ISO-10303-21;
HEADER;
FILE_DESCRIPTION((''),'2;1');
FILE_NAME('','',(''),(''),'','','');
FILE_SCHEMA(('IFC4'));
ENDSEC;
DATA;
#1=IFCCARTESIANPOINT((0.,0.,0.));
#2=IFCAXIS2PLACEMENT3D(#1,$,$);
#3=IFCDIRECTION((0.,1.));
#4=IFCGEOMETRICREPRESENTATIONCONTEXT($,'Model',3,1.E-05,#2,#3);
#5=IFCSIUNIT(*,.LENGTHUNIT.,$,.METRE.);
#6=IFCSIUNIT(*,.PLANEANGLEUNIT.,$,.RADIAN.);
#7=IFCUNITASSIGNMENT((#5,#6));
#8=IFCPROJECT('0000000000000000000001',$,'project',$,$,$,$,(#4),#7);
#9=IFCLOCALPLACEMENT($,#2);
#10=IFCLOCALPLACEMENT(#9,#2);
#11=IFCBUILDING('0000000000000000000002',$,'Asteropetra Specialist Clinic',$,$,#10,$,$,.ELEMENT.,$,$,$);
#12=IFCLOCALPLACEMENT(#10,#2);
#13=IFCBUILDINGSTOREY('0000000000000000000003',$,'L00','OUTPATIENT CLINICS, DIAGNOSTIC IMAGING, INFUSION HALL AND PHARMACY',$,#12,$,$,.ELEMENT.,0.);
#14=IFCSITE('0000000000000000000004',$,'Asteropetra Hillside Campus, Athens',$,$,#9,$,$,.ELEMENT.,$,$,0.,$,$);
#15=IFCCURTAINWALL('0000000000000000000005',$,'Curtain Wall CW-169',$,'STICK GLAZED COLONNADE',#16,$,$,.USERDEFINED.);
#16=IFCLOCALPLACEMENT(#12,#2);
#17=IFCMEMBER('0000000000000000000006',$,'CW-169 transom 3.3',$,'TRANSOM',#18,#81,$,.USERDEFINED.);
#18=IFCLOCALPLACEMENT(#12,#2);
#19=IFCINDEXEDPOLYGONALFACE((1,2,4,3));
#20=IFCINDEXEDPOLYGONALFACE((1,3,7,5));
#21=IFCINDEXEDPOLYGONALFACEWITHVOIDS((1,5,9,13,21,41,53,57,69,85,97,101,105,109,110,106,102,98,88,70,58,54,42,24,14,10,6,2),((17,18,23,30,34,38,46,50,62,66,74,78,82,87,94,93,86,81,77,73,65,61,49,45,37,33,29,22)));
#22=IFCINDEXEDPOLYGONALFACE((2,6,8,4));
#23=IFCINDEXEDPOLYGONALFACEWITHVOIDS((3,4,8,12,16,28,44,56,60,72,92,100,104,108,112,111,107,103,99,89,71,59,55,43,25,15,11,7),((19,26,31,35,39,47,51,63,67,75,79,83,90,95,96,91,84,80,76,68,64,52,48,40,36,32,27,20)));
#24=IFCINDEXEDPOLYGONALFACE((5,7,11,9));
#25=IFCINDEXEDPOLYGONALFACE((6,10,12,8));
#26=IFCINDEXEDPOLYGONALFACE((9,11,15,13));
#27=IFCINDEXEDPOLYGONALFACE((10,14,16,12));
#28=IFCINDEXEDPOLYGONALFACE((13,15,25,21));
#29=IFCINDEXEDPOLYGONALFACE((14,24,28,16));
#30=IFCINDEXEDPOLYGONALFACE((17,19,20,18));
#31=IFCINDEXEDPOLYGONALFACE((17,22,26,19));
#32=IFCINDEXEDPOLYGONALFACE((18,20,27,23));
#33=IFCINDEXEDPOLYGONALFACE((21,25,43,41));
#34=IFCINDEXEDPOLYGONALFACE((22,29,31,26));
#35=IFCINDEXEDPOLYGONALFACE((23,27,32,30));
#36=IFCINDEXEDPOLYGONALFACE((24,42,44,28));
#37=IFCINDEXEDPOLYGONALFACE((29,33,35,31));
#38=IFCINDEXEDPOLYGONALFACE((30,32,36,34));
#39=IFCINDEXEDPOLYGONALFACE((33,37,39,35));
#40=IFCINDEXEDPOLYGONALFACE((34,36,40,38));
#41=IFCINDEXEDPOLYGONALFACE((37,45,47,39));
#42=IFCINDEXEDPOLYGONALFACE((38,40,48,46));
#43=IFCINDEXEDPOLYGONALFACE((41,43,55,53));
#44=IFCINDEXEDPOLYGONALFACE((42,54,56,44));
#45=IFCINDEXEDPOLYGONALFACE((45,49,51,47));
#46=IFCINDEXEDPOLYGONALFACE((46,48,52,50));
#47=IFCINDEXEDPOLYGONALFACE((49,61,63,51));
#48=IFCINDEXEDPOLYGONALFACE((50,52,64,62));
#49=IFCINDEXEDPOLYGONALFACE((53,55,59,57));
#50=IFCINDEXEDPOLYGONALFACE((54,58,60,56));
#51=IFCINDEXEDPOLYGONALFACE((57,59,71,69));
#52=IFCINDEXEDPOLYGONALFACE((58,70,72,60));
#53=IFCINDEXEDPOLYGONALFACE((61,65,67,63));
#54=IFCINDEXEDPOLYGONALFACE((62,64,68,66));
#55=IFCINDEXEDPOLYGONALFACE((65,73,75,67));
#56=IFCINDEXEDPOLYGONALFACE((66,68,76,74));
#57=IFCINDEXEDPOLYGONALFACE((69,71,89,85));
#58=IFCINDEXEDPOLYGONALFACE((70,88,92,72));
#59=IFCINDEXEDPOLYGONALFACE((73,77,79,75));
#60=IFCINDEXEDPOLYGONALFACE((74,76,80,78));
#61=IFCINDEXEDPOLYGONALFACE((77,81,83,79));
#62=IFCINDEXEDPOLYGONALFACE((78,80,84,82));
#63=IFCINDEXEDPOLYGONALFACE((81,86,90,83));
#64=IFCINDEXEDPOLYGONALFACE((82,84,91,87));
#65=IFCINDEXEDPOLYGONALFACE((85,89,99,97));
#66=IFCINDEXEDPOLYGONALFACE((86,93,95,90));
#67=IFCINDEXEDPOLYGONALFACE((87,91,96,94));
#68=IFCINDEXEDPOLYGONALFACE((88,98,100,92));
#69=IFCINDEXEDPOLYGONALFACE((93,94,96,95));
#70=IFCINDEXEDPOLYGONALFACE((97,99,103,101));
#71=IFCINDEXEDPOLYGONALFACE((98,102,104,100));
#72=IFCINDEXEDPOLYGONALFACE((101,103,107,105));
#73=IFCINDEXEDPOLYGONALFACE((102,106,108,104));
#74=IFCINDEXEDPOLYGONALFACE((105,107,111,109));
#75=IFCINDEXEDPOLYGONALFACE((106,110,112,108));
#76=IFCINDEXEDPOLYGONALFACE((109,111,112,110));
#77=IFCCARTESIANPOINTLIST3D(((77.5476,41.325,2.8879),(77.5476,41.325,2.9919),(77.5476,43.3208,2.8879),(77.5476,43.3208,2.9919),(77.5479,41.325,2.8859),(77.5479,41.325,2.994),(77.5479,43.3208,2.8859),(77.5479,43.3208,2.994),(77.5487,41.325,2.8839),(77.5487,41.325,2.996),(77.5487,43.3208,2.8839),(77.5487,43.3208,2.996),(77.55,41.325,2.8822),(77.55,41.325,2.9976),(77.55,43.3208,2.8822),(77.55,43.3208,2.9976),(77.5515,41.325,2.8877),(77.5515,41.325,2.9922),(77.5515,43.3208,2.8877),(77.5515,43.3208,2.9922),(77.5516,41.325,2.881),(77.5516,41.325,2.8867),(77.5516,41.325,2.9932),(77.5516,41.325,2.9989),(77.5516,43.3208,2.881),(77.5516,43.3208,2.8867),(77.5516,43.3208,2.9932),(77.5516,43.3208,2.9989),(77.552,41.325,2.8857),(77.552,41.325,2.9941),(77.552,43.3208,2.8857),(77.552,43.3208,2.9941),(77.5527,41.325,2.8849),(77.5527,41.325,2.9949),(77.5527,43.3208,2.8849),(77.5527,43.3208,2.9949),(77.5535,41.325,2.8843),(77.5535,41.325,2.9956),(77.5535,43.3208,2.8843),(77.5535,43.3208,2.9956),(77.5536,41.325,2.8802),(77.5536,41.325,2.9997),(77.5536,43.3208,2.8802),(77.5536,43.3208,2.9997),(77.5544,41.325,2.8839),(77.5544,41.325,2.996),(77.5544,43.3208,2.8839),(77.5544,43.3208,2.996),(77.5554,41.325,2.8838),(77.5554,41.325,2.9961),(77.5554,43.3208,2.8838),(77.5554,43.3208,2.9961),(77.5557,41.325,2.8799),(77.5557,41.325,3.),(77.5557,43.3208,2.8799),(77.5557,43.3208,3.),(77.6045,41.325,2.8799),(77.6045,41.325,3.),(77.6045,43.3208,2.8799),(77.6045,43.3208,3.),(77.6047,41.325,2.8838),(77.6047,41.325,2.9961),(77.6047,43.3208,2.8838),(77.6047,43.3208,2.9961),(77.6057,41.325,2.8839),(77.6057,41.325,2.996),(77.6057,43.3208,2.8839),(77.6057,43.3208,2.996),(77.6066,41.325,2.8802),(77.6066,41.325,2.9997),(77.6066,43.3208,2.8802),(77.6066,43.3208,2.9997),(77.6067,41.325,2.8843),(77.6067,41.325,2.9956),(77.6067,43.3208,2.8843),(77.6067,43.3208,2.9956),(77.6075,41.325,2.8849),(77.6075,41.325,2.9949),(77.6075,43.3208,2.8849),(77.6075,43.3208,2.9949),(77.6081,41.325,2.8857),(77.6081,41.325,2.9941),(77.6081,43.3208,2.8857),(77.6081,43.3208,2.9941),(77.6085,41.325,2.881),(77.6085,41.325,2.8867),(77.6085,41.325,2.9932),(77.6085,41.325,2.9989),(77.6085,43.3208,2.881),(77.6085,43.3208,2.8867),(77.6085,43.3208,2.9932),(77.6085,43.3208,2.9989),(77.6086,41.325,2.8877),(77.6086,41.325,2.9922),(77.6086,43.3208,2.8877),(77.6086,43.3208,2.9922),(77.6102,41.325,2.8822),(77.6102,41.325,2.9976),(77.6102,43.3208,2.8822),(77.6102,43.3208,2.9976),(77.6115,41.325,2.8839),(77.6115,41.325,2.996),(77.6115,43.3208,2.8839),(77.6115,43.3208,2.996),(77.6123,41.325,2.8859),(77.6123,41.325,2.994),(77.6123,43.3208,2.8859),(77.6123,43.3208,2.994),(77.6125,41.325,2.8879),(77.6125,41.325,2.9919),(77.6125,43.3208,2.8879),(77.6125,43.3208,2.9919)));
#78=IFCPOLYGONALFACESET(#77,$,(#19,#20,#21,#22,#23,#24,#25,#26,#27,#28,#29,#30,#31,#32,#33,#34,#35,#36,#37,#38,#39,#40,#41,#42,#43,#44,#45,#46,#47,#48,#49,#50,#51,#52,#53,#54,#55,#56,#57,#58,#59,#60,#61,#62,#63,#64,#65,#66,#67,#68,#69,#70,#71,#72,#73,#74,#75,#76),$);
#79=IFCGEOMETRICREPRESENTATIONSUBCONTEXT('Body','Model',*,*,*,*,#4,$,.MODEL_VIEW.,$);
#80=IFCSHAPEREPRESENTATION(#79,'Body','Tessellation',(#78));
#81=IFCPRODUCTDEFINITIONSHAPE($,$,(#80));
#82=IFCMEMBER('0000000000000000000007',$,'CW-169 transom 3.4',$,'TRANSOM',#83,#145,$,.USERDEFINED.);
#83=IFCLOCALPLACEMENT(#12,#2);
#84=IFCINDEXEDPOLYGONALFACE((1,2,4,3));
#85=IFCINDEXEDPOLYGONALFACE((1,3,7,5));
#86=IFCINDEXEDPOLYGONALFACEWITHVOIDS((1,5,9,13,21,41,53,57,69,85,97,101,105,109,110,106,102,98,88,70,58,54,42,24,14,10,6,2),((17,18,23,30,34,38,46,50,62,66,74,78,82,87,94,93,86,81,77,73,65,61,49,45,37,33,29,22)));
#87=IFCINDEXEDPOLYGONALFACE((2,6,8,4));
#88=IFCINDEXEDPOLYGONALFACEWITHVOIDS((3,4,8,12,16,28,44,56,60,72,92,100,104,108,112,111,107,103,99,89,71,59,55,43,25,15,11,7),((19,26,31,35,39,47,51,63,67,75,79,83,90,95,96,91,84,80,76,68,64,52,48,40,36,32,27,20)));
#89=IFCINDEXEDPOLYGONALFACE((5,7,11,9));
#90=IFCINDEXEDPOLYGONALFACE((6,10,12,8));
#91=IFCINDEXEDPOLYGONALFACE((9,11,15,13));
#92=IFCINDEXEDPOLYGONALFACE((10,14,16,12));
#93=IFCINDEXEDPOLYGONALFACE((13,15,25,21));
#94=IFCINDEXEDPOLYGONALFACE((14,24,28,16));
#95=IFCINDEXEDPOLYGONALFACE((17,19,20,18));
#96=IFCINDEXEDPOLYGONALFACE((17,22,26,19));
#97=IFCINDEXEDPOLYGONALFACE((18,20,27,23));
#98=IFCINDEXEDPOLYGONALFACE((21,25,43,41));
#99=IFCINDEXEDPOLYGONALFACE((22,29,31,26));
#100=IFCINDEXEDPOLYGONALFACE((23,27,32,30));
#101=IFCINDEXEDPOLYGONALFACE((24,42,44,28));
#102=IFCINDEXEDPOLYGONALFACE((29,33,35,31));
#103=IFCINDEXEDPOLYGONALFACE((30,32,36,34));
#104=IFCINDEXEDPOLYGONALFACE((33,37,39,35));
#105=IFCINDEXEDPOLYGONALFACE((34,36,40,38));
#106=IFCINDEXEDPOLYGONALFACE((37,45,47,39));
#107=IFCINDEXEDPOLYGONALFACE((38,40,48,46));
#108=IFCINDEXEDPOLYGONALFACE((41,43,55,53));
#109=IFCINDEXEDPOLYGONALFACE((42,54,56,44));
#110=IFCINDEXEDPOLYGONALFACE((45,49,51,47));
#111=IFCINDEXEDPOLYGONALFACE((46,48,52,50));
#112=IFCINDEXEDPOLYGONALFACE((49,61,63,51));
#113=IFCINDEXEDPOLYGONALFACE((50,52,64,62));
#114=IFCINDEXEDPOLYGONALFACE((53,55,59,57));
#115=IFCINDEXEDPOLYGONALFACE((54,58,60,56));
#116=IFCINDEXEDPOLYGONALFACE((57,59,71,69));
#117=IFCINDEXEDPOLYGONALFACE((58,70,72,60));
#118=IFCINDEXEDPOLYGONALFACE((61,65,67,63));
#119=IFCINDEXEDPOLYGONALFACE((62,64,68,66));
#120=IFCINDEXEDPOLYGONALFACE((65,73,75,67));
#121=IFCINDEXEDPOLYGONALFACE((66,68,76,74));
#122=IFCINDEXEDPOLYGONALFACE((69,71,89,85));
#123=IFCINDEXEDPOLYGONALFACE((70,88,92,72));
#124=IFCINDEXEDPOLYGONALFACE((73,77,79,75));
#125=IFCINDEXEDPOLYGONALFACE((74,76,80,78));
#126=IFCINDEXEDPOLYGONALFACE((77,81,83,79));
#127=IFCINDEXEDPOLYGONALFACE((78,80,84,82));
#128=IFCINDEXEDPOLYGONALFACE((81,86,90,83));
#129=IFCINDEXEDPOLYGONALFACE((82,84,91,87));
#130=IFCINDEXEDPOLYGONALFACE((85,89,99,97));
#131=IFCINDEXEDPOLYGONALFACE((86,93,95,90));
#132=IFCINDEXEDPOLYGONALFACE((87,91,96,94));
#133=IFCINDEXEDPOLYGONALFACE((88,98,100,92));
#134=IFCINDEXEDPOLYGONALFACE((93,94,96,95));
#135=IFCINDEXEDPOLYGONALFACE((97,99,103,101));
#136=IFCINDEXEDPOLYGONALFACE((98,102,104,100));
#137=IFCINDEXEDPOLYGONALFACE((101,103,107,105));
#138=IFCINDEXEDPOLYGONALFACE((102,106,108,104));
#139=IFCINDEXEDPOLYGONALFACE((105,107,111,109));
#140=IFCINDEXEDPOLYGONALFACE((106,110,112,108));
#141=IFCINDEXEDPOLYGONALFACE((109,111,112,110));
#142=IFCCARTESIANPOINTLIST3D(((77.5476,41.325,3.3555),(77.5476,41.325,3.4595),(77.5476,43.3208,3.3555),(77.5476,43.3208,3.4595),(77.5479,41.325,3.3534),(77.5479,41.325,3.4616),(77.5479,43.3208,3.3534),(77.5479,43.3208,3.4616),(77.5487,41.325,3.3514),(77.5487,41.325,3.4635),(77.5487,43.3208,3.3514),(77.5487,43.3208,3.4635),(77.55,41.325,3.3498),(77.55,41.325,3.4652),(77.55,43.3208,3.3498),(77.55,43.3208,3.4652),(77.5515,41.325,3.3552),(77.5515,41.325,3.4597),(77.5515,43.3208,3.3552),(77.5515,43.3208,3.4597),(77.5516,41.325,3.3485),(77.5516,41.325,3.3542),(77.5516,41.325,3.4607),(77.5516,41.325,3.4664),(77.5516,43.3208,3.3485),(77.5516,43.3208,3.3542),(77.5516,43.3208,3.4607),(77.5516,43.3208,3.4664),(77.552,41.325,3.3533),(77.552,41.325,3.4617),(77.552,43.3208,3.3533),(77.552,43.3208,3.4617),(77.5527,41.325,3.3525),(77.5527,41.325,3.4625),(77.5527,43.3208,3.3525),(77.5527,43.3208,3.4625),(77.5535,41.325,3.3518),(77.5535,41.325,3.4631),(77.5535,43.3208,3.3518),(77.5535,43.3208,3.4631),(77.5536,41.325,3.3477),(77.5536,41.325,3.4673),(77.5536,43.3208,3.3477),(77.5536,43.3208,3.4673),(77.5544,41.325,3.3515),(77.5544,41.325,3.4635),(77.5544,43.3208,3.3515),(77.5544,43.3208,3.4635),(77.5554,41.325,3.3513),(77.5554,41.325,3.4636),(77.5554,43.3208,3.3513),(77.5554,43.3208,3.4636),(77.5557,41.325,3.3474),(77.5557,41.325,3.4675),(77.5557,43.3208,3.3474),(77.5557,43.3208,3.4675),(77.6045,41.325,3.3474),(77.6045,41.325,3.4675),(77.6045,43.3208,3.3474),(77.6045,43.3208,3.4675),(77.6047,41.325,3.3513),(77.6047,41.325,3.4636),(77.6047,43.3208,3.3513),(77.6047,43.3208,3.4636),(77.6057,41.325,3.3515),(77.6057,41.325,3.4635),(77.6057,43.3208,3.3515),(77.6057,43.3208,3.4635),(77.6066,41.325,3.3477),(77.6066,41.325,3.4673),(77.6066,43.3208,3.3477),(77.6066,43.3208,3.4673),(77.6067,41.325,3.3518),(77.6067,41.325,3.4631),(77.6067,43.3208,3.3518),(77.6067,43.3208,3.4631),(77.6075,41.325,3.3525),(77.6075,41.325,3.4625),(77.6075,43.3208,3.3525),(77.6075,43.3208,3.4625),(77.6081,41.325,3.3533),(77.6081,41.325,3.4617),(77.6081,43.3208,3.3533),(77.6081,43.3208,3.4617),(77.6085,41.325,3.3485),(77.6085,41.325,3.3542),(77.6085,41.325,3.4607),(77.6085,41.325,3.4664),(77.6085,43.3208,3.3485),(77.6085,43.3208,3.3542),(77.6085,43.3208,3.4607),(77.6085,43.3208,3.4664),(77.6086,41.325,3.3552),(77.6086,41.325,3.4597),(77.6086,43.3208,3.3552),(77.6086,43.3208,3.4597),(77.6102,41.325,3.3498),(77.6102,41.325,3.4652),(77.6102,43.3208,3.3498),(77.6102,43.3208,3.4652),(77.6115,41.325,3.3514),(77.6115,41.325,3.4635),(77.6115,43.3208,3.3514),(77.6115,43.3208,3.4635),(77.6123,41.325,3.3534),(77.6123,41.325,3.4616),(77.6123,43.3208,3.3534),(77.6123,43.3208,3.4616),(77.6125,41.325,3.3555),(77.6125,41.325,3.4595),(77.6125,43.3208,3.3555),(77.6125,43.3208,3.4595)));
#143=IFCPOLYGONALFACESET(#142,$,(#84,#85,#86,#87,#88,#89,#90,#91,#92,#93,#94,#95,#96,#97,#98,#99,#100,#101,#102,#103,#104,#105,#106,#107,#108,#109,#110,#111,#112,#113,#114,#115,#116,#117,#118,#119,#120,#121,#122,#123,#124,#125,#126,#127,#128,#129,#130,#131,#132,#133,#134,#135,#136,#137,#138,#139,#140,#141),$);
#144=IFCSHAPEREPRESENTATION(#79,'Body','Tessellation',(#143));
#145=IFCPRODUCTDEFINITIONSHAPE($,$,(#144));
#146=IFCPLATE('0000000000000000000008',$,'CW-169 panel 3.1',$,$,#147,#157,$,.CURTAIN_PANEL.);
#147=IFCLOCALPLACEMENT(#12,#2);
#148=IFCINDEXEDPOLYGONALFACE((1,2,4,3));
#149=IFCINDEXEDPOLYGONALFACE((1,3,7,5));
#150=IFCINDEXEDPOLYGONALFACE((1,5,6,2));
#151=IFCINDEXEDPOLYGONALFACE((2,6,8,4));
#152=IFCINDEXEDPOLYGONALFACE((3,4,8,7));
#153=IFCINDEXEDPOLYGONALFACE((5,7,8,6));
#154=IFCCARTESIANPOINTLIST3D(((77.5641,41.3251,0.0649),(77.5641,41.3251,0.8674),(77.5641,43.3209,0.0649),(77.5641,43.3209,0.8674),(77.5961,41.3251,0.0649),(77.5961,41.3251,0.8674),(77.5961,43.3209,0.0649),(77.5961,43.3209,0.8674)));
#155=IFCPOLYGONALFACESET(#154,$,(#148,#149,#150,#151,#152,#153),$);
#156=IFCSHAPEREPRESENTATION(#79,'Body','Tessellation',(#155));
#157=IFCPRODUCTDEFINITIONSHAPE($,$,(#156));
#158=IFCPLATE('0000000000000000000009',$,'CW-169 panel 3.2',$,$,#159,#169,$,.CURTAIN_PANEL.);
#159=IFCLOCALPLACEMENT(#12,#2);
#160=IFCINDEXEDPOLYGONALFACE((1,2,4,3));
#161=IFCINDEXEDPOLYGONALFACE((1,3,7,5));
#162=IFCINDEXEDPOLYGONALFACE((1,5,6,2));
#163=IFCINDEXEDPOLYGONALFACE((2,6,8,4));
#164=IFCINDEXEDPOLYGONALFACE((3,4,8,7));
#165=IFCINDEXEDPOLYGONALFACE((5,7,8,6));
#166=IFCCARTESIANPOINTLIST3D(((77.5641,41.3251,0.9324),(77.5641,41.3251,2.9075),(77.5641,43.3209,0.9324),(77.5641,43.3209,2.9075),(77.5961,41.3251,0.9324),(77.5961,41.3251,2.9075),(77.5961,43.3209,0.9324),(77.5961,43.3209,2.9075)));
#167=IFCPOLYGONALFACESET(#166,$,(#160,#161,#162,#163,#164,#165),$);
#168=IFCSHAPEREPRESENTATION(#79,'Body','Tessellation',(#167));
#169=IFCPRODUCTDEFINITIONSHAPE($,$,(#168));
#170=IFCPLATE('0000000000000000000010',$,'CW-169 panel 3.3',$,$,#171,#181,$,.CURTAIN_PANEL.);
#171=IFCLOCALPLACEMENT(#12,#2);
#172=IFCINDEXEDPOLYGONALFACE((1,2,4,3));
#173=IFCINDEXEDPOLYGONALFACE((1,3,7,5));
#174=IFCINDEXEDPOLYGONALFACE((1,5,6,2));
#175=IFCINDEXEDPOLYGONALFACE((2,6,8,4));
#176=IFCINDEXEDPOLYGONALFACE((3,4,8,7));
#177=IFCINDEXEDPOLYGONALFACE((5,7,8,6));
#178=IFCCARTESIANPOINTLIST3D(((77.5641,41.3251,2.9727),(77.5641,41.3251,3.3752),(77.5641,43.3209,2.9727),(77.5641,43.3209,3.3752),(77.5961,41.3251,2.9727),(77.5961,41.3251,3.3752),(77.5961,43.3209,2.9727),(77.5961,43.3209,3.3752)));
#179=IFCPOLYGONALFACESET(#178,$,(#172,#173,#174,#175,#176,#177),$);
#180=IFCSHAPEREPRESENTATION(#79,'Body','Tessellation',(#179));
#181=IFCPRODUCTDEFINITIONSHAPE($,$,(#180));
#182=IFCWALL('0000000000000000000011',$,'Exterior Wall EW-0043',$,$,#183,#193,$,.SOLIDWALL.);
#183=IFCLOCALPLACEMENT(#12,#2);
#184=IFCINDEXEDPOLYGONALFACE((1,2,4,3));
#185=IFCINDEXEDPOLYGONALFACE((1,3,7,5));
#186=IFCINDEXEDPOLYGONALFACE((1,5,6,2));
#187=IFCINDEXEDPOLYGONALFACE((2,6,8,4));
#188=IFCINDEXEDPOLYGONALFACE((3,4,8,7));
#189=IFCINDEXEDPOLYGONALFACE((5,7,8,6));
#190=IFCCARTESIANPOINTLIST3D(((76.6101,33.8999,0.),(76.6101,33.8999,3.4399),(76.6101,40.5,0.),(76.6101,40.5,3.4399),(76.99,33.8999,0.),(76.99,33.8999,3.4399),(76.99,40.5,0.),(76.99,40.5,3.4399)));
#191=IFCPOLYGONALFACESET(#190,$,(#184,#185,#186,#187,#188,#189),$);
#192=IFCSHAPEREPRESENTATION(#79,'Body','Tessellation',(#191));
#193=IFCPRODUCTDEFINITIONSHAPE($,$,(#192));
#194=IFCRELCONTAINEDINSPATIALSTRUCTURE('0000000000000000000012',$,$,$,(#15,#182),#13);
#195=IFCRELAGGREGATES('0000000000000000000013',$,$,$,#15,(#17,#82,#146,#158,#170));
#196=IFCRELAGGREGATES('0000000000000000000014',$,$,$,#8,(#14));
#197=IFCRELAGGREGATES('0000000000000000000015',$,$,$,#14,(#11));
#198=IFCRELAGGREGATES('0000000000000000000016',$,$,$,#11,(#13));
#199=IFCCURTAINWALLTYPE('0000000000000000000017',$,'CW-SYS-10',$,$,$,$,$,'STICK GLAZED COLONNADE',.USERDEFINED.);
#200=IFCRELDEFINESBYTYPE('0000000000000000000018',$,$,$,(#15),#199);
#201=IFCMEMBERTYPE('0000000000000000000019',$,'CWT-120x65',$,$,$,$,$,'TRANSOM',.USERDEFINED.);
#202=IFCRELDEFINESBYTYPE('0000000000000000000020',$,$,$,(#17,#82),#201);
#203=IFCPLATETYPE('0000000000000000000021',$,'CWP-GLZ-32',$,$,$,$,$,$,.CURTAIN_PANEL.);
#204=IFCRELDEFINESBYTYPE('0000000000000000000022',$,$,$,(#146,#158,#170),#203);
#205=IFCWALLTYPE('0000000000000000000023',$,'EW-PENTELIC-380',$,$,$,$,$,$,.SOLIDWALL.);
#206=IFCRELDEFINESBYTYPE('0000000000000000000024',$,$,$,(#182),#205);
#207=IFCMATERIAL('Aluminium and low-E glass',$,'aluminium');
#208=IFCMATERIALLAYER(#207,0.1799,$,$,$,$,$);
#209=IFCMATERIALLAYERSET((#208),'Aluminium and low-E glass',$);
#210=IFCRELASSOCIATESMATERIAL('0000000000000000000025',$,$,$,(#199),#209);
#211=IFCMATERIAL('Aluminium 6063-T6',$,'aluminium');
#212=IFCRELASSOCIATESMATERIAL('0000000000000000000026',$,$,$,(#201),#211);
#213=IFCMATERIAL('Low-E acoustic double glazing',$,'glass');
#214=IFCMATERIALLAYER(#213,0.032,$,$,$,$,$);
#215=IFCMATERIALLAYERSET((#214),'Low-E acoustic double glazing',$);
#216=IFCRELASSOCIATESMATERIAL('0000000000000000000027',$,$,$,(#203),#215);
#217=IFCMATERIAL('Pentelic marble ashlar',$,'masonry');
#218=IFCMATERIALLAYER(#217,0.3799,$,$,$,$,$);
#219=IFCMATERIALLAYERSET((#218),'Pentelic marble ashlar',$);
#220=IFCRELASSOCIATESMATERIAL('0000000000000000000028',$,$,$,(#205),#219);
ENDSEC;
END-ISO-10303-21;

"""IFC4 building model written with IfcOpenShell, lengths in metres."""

from ifc_helpers import new_model, si_unit, direction, frame, frame_2d, origin, origin_2d, place, context, subcontext, project, spatial, rectangle, hollow_rectangle, extrude, material, layer, layer_set, material_profile, profile_set, type_object, element, aggregate, save


model = new_model("IFC4")

# Units and contexts
model_context = context("Model", 3, precision=1e-05, world=origin(), true_north=direction((0.0, 1.0)))
body_context = subcontext(model_context, "Body", "Model", "MODEL_VIEW")
ifc_project = project(units=[si_unit("LENGTHUNIT", "METRE"), si_unit("PLANEANGLEUNIT", "RADIAN")], contexts=[model_context])

# Site, building, storey
site_placement = place(None, origin())
site = spatial("IfcSite", under=ifc_project, at=site_placement, Name="Asteropetra Hillside Campus, Athens", CompositionType="ELEMENT", RefElevation=0.0)
building_placement = place(site_placement, origin())
building = spatial("IfcBuilding", under=site, at=building_placement, Name="Asteropetra Specialist Clinic", CompositionType="ELEMENT")
storey_placement = place(building_placement, origin())
storey = spatial("IfcBuildingStorey", under=building, at=storey_placement, Name="L00", Description="OUTPATIENT CLINICS, DIAGNOSTIC IMAGING, INFUSION HALL AND PHARMACY", CompositionType="ELEMENT", Elevation=0.0)

# Curtain wall, members, plates
ifc_material_1 = material(Name="Aluminium and low-E glass", Category="aluminium")
ifc_layer_1 = layer(ifc_material_1, 0.1799)
ifc_layer_set_1 = layer_set([ifc_layer_1], Name="Aluminium and low-E glass")
curtain_wall_type = type_object("IfcCurtainWallType", Name="CW-SYS-10", ElementType="STICK GLAZED COLONNADE", PredefinedType="USERDEFINED", material=ifc_layer_set_1)
curtain_wall_placement = place(storey_placement, origin())
curtain_wall = element("IfcCurtainWall", 1, at=curtain_wall_placement, inside=storey, type_object=curtain_wall_type, Name="Curtain Wall CW-169", ObjectType="STICK GLAZED COLONNADE", PredefinedType="USERDEFINED")
ifc_material_2 = material(Name="Aluminium 6063-T6", Category="aluminium")
ifc_material_profile_1 = material_profile(ifc_material_2, hollow_rectangle(XDim=0.0649, YDim=0.1201, WallThickness=0.0039, InnerFilletRadius=0.0039, OuterFilletRadius=0.0081, at=origin_2d()), Name="TRN 120x65x4.0")
ifc_profile_set_1 = profile_set([ifc_material_profile_1], Name="Aluminium 6063-T6")
member_type_1 = type_object("IfcMemberType", Name="CWT-120x65", ElementType="TRANSOM", PredefinedType="USERDEFINED", material=ifc_profile_set_1)
member_1_placement = place(storey_placement, frame((77.5801, 43.3208, 2.9399), z_axis=(0.0, -1.0, 0.0), x_axis=(1.0, 0.0, 0.0)))
member_1 = element("IfcMember", 2, at=member_1_placement, type_object=member_type_1, Name="CW-169 transom 3.3", ObjectType="TRANSOM", PredefinedType="USERDEFINED", context=body_context, shape_type="SweptSolid", body=[
    extrude(hollow_rectangle(XDim=0.0649, YDim=0.1201, WallThickness=0.0039, InnerFilletRadius=0.0039, OuterFilletRadius=0.0081, at=origin_2d()), origin(), (0.0, 0.0, 1.0), 1.9958),
])
member_2_placement = place(storey_placement, frame((77.5801, 43.3208, 3.4075), z_axis=(0.0, -1.0, 0.0), x_axis=(1.0, 0.0, 0.0)))
member_2 = element("IfcMember", 3, at=member_2_placement, type_object=member_type_1, Name="CW-169 transom 3.4", ObjectType="TRANSOM", PredefinedType="USERDEFINED", context=body_context, shape_type="SweptSolid", body=[
    extrude(hollow_rectangle(XDim=0.0649, YDim=0.1201, WallThickness=0.0039, InnerFilletRadius=0.0039, OuterFilletRadius=0.0081, at=origin_2d()), origin(), (0.0, 0.0, 1.0), 1.9958),
])
ifc_material_3 = material(Name="Low-E acoustic double glazing", Category="glass")
ifc_layer_2 = layer(ifc_material_3, 0.032)
ifc_layer_set_2 = layer_set([ifc_layer_2], Name="Low-E acoustic double glazing")
plate_type = type_object("IfcPlateType", Name="CWP-GLZ-32", PredefinedType="CURTAIN_PANEL", material=ifc_layer_set_2)
plate_1_placement = place(storey_placement, frame((77.5801, 42.323, 0.0649), z_axis=(0.0, 0.0, 1.0), x_axis=(0.0, -1.0, 0.0)))
plate_1 = element("IfcPlate", 4, at=plate_1_placement, type_object=plate_type, Name="CW-169 panel 3.1", PredefinedType="CURTAIN_PANEL", context=body_context, shape_type="SweptSolid", body=[
    extrude(rectangle(XDim=1.9958, YDim=0.032, at=origin_2d()), origin(), (0.0, 0.0, 1.0), 0.8025),
])
plate_2_placement = place(storey_placement, frame((77.5801, 42.323, 0.9324), z_axis=(0.0, 0.0, 1.0), x_axis=(0.0, -1.0, 0.0)))
plate_2 = element("IfcPlate", 5, at=plate_2_placement, type_object=plate_type, Name="CW-169 panel 3.2", PredefinedType="CURTAIN_PANEL", context=body_context, shape_type="SweptSolid", body=[
    extrude(rectangle(XDim=1.9958, YDim=0.032, at=origin_2d()), origin(), (0.0, 0.0, 1.0), 1.9751),
])
plate_3_placement = place(storey_placement, frame((77.5801, 42.323, 2.9727), z_axis=(0.0, 0.0, 1.0), x_axis=(0.0, -1.0, 0.0)))
plate_3 = element("IfcPlate", 6, at=plate_3_placement, type_object=plate_type, Name="CW-169 panel 3.3", PredefinedType="CURTAIN_PANEL", context=body_context, shape_type="SweptSolid", body=[
    extrude(rectangle(XDim=1.9958, YDim=0.032, at=origin_2d()), origin(), (0.0, 0.0, 1.0), 0.4026),
])
aggregate(curtain_wall, [member_1, member_2, plate_1, plate_2, plate_3])

# Wall
ifc_material_4 = material(Name="Pentelic marble ashlar", Category="masonry")
ifc_layer_3 = layer(ifc_material_4, 0.3799)
ifc_layer_set_3 = layer_set([ifc_layer_3], Name="Pentelic marble ashlar")
wall_type_1 = type_object("IfcWallType", Name="EW-PENTELIC-380", PredefinedType="SOLIDWALL", material=ifc_layer_set_3)
wall_1_placement = place(storey_placement, frame((76.8, 40.5, 0.0), z_axis=(0.0, 0.0, 1.0), x_axis=(0.0, -1.0, 0.0)))
element("IfcWall", 7, at=wall_1_placement, inside=storey, type_object=wall_type_1, Name="Exterior Wall EW-0043", PredefinedType="SOLIDWALL", context=body_context, shape_type="SweptSolid", body=[
    extrude(rectangle(XDim=6.6001, YDim=0.3799, at=frame_2d((3.3, 0.0))), origin(), (0.0, 0.0, 1.0), 3.4399),
])

save(model, "model.ifc")
